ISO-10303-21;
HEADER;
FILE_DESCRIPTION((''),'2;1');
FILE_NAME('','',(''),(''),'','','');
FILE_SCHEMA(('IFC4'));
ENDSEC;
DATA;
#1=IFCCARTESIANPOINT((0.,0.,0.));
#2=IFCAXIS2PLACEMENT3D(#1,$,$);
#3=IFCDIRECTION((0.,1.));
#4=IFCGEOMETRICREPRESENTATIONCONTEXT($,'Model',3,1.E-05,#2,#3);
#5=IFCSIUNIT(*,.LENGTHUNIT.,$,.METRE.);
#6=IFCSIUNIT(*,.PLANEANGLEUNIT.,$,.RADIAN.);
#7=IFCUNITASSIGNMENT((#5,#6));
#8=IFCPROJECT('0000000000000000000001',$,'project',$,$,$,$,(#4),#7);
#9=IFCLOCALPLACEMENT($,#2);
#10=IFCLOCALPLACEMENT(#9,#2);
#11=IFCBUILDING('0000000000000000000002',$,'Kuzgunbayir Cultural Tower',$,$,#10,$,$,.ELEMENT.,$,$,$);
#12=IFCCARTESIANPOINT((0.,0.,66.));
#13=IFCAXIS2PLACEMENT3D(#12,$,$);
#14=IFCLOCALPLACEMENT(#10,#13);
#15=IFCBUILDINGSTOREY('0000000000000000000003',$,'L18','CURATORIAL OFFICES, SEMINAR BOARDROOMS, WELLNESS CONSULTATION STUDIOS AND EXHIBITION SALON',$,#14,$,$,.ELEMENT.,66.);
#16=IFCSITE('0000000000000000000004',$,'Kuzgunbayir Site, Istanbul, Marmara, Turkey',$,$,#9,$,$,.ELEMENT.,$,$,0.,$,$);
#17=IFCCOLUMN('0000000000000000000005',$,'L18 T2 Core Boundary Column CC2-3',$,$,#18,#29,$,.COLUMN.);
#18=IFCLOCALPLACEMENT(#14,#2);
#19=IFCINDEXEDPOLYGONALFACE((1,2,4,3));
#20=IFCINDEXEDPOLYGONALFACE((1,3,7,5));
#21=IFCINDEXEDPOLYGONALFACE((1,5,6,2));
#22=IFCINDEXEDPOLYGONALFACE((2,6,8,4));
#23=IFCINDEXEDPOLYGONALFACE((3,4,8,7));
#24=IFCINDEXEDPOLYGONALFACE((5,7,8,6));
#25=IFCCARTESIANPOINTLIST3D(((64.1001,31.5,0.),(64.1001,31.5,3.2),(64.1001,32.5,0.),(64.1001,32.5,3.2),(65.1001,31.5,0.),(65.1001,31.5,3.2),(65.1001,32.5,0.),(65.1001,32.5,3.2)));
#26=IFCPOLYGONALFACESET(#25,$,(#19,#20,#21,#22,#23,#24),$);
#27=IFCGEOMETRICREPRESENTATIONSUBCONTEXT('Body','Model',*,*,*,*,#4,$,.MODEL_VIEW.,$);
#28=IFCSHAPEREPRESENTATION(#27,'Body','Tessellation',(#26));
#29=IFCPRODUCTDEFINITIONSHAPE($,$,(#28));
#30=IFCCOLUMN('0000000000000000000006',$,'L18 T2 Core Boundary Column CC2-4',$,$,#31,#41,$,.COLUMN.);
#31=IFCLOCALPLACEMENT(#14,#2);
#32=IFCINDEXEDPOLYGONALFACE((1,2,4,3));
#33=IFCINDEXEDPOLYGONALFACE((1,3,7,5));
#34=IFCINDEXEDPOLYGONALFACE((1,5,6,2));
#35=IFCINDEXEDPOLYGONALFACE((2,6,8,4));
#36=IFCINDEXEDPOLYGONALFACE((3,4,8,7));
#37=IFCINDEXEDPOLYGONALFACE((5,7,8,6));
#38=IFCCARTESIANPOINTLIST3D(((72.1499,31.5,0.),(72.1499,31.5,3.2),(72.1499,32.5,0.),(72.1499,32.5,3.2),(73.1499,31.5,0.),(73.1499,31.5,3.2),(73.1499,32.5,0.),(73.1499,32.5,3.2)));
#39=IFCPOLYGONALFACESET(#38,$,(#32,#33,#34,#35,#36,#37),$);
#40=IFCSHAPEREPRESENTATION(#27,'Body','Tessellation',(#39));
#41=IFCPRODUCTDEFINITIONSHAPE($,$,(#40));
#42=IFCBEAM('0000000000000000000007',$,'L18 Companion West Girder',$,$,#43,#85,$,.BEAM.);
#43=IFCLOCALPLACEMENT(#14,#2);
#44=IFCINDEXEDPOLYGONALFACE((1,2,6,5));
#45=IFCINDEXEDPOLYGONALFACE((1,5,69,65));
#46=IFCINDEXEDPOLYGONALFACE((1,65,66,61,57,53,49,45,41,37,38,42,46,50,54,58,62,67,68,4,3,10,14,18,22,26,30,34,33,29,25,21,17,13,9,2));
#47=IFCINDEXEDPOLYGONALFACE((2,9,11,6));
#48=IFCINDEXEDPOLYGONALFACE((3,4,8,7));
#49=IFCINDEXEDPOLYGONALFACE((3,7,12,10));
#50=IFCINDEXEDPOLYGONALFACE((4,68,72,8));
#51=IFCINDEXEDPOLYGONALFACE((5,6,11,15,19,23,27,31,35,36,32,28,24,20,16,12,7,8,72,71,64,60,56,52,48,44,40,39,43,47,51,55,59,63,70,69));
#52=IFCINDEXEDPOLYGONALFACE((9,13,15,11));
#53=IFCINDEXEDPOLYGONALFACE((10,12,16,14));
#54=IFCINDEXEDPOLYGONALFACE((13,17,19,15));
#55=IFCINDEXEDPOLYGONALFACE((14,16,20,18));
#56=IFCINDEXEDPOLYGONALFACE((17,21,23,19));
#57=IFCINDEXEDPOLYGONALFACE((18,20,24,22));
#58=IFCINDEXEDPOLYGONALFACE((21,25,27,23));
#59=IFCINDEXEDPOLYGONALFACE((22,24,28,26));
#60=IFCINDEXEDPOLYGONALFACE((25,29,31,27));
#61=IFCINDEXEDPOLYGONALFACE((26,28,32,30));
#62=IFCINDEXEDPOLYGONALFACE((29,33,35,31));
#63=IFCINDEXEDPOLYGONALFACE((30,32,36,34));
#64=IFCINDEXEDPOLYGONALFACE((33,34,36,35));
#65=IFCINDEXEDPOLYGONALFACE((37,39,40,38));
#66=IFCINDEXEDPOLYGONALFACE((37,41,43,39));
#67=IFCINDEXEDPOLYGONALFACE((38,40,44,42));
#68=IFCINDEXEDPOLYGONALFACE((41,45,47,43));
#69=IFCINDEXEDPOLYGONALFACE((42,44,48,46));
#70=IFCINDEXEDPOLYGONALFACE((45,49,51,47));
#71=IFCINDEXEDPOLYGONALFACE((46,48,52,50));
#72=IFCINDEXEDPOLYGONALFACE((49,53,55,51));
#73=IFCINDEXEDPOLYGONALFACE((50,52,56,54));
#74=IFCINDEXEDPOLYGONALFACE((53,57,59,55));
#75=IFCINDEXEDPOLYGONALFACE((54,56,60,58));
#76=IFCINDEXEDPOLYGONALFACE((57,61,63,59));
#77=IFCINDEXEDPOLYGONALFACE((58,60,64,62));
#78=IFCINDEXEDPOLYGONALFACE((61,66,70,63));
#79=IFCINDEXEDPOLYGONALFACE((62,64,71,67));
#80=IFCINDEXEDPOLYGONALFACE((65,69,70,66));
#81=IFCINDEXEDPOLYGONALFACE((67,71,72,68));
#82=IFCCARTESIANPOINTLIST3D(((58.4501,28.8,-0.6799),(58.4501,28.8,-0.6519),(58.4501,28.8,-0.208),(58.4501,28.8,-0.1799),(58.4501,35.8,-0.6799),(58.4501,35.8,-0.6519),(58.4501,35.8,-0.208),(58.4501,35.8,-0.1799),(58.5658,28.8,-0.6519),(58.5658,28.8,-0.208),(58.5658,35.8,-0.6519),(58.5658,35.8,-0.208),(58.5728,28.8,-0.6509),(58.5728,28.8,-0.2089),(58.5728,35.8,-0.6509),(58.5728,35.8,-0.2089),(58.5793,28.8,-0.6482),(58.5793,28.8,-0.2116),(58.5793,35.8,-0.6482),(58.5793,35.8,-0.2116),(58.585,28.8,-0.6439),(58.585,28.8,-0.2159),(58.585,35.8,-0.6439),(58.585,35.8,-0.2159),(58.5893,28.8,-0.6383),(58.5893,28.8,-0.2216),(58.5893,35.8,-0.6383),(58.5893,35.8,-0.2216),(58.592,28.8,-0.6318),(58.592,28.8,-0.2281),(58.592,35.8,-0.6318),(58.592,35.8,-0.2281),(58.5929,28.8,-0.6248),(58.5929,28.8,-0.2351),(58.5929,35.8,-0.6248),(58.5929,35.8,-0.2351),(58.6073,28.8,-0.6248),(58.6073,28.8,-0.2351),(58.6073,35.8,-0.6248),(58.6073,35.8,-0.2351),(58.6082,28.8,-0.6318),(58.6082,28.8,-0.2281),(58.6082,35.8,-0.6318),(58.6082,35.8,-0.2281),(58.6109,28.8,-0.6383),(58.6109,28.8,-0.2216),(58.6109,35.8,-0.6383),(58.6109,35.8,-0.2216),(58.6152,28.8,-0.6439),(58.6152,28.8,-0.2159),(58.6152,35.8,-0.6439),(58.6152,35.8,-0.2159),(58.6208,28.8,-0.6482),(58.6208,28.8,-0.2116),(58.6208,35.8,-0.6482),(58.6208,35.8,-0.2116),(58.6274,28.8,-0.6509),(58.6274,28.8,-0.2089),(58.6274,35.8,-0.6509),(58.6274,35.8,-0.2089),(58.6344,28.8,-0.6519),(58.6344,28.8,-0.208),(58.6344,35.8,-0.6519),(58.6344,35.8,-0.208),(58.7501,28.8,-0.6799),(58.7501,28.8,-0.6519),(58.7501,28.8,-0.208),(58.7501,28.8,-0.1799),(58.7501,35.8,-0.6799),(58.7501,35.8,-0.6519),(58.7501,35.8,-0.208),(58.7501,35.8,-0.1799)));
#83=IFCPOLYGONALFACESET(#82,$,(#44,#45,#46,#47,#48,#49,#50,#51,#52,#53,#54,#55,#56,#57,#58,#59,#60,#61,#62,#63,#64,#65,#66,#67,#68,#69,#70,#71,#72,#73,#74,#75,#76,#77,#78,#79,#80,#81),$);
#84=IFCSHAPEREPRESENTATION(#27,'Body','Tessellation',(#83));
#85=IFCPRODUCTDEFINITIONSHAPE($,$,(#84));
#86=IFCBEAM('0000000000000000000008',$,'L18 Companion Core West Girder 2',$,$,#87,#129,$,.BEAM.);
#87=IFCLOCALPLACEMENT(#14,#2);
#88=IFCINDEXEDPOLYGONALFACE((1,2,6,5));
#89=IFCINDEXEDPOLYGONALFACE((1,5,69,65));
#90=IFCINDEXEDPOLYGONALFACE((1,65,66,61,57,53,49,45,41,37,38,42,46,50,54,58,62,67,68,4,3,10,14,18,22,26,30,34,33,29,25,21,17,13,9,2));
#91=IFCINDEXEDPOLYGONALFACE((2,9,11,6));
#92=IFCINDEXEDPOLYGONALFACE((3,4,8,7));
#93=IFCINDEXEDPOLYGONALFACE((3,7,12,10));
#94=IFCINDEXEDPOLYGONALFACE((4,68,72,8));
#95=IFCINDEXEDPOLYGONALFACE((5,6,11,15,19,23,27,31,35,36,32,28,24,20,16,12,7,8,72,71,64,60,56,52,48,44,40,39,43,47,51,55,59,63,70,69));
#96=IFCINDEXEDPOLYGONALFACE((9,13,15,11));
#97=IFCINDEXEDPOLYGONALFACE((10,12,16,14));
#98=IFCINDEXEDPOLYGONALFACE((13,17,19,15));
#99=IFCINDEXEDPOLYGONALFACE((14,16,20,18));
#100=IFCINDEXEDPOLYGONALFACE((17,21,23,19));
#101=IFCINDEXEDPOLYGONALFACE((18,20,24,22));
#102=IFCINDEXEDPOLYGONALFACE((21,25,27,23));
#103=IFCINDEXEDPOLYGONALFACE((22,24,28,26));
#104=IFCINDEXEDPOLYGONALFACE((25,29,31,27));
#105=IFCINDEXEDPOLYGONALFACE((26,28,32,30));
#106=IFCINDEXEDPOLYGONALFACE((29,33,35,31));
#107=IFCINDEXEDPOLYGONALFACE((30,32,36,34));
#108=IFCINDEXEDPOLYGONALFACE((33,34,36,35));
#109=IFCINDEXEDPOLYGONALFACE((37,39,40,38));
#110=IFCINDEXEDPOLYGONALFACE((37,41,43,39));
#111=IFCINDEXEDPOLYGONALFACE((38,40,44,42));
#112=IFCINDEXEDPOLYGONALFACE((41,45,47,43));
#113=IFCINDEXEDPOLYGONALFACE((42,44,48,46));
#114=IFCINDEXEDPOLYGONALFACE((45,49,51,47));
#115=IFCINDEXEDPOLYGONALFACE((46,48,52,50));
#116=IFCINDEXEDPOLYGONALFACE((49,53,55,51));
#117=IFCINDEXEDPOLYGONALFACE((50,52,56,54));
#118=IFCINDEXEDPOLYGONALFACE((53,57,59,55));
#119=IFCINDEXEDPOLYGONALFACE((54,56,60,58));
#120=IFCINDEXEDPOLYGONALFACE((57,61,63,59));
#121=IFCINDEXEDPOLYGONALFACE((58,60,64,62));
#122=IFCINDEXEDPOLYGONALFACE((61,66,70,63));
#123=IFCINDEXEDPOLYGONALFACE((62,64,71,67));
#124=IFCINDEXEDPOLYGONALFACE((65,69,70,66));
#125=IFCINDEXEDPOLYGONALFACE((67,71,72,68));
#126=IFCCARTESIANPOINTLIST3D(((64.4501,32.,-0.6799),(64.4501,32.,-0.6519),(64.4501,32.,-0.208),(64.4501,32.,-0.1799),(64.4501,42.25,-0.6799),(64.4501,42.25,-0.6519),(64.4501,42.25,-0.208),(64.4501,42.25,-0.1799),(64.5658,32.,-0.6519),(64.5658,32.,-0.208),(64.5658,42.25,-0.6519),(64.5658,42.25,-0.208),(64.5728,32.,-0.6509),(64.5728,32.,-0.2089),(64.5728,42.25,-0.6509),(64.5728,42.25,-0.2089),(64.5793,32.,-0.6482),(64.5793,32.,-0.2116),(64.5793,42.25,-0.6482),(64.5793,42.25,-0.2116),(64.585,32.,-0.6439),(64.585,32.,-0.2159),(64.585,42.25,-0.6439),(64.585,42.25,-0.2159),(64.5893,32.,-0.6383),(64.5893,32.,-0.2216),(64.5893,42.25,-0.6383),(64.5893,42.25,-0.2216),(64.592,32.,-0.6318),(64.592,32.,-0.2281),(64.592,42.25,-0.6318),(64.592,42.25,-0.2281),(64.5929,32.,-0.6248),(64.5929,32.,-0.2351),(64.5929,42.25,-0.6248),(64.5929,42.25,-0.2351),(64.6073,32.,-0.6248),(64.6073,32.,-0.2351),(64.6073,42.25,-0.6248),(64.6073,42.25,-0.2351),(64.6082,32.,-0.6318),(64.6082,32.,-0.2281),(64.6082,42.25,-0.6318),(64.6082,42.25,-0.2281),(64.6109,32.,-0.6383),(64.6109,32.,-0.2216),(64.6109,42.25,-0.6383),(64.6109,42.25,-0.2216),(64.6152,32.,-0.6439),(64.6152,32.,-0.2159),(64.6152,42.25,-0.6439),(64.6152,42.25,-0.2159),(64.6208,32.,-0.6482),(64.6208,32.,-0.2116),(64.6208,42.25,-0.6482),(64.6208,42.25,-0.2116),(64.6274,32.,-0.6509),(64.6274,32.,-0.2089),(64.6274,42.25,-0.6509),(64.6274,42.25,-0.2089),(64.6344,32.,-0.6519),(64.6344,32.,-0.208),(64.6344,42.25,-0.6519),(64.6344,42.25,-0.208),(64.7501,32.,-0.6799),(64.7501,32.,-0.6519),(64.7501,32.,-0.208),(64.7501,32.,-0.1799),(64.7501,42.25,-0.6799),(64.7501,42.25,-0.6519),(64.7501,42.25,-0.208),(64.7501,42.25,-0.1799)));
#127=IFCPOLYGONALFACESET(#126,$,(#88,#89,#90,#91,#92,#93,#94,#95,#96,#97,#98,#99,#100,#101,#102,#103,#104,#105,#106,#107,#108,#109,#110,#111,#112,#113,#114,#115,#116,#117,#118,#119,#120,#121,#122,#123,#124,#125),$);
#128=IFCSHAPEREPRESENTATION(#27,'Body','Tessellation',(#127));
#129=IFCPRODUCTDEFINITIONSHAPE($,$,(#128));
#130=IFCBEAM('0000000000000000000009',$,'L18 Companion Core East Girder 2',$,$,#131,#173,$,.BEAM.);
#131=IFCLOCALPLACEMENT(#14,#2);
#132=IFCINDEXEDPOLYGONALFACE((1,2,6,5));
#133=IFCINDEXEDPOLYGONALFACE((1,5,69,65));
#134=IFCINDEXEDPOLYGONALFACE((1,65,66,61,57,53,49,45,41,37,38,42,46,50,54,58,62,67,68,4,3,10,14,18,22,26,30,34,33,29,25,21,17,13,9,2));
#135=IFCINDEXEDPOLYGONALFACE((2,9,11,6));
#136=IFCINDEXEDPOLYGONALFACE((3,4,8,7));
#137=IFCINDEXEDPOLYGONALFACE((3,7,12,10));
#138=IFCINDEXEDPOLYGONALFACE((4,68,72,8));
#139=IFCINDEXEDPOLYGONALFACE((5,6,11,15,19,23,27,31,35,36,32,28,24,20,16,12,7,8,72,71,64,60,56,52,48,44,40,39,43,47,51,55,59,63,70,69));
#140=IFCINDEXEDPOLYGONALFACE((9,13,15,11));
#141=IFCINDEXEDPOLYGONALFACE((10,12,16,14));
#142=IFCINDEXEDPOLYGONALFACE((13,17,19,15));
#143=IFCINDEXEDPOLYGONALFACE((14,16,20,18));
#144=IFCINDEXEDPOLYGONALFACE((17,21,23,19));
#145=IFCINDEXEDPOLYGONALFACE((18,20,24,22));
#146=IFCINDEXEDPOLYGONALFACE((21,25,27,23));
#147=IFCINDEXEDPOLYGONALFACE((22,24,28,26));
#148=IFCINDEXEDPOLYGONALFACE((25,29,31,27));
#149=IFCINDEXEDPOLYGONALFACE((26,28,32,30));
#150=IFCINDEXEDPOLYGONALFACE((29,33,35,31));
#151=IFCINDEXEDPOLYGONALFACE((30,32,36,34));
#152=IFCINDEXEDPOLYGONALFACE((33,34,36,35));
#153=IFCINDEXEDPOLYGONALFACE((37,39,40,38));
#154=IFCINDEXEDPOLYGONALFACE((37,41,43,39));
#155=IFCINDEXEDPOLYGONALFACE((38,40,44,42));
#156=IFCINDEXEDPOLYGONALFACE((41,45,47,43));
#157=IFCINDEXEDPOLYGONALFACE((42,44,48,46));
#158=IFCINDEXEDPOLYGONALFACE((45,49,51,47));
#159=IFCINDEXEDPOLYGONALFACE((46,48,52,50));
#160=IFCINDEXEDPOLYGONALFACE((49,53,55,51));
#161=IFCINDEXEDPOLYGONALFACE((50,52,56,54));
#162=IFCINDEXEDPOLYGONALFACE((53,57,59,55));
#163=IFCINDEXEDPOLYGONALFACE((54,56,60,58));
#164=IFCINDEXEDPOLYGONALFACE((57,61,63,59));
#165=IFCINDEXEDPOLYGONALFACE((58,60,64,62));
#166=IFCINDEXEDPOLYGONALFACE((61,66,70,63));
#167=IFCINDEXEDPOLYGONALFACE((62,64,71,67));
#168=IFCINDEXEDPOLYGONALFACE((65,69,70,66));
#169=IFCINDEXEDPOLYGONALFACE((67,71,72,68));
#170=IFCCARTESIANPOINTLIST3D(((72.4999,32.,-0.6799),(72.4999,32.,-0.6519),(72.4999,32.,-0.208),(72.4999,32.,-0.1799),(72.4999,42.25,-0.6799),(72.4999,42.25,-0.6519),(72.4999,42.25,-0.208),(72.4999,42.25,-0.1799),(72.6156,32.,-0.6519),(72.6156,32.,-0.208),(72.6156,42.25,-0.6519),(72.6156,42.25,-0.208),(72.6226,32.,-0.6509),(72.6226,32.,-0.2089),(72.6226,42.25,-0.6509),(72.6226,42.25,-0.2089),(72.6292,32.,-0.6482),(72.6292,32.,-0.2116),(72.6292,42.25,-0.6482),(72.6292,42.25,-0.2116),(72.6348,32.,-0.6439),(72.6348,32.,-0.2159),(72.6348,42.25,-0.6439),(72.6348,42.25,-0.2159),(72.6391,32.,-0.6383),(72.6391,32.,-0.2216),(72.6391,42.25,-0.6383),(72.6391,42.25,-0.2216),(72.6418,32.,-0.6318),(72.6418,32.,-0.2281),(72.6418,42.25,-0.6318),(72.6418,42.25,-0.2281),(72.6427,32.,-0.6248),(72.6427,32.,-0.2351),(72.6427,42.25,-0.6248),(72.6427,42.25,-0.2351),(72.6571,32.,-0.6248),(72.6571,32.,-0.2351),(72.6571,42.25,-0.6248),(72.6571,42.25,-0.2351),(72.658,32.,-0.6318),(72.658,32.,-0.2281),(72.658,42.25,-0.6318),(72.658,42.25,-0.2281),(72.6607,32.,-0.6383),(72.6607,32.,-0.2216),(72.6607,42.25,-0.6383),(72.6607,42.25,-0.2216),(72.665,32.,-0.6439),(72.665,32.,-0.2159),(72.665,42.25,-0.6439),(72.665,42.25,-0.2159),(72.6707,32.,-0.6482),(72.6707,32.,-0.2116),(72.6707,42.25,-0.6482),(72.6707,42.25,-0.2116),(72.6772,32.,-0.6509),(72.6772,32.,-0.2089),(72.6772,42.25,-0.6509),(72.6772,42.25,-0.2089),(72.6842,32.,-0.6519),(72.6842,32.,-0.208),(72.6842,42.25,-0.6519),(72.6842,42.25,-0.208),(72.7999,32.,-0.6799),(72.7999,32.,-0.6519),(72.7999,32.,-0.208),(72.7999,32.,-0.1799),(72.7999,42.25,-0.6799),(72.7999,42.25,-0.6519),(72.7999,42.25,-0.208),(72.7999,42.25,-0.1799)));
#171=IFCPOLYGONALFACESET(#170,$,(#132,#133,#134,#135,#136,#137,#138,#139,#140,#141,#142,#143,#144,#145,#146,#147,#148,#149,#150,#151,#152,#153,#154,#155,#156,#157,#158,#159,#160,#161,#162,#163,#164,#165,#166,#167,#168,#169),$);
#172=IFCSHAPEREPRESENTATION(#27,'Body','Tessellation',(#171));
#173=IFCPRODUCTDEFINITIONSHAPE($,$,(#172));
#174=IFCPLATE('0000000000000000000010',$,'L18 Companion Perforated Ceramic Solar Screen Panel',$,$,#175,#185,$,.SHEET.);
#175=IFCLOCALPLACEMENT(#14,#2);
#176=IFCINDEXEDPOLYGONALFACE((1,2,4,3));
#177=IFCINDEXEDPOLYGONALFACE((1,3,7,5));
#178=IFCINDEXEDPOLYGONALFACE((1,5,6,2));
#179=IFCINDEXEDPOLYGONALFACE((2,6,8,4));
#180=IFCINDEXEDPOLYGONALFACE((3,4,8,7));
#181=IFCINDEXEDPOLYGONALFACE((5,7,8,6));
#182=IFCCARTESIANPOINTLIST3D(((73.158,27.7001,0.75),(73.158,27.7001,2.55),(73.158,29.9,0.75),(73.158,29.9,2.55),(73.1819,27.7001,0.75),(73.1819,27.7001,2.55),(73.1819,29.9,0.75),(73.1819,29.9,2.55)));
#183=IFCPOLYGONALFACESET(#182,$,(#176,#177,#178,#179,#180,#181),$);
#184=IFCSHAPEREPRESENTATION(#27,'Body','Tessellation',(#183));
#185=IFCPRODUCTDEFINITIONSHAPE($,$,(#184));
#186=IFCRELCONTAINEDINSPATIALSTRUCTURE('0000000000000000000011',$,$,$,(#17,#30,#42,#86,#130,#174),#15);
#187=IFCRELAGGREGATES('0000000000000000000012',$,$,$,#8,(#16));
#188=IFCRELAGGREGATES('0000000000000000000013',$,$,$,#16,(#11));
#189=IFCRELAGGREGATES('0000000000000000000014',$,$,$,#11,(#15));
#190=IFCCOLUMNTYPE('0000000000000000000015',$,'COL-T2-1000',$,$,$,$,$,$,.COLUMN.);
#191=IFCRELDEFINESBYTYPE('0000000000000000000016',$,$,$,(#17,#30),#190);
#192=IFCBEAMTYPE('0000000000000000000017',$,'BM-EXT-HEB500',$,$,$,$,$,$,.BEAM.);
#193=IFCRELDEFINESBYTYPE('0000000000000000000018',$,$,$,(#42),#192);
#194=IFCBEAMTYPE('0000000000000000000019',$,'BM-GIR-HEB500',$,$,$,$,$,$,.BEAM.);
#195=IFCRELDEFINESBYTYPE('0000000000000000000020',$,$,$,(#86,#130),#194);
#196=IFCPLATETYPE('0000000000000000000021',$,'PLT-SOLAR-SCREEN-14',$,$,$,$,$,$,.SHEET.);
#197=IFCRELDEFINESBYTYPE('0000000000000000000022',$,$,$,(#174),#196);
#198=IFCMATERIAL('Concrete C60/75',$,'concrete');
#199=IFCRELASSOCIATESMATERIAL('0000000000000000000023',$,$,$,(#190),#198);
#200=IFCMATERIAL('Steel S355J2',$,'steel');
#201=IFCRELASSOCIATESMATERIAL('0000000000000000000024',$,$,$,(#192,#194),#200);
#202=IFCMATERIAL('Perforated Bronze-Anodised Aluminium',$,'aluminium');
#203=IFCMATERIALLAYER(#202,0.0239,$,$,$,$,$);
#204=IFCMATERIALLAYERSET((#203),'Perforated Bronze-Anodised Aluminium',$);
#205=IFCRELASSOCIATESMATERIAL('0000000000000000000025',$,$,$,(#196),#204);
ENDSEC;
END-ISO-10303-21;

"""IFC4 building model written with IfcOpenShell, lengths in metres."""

from ifc_helpers import new_model, si_unit, direction, frame, origin, origin_2d, place, context, subcontext, project, spatial, rectangle, i_section, extrude, material, layer, layer_set, material_profile, profile_set, type_object, element, save


model = new_model("IFC4")

# Units and contexts
model_context = context("Model", 3, precision=1e-05, world=origin(), true_north=direction((0.0, 1.0)))
body_context = subcontext(model_context, "Body", "Model", "MODEL_VIEW")
ifc_project = project(units=[si_unit("LENGTHUNIT", "METRE"), si_unit("PLANEANGLEUNIT", "RADIAN")], contexts=[model_context])

# Site, building, storey
site_placement = place(None, origin())
site = spatial("IfcSite", under=ifc_project, at=site_placement, Name="Kuzgunbayir Site, Istanbul, Marmara, Turkey", CompositionType="ELEMENT", RefElevation=0.0)
building_placement = place(site_placement, origin())
building = spatial("IfcBuilding", under=site, at=building_placement, Name="Kuzgunbayir Cultural Tower", CompositionType="ELEMENT")
storey_placement = place(building_placement, frame((0.0, 0.0, 66.0)))
storey = spatial("IfcBuildingStorey", under=building, at=storey_placement, Name="L18", Description="CURATORIAL OFFICES, SEMINAR BOARDROOMS, WELLNESS CONSULTATION STUDIOS AND EXHIBITION SALON", CompositionType="ELEMENT", Elevation=66.0)

# Columns
ifc_material_1 = material(Name="Concrete C60/75", Category="concrete")
ifc_material_profile_1 = material_profile(ifc_material_1, rectangle(XDim=1.0, YDim=1.0, at=origin_2d()), Name="RC 1000x1000")
ifc_profile_set_1 = profile_set([ifc_material_profile_1], Name="Concrete C60/75")
column_type = type_object("IfcColumnType", Name="COL-T2-1000", PredefinedType="COLUMN", material=ifc_profile_set_1)
for number, where, z_axis, x_axis, name in (
    (1, (64.6001, 32.0, 0.0), (0.0, 0.0, 1.0), (1.0, 0.0, 0.0), "L18 T2 Core Boundary Column CC2-3"),
    (2, (72.6499, 32.0, 0.0), (0.0, 0.0, 1.0), (1.0, 0.0, 0.0), "L18 T2 Core Boundary Column CC2-4"),
):
    element("IfcColumn", number, at=place(storey_placement, frame(where, z_axis=z_axis, x_axis=x_axis)), inside=storey, type_object=column_type, Name=name, PredefinedType="COLUMN", context=body_context, shape_type="SweptSolid", body=[
        extrude(rectangle(XDim=1.0, YDim=1.0, at=origin_2d()), origin(), (0.0, 0.0, 1.0), 3.2),
    ])

# Beams
ifc_material_2 = material(Name="Steel S355J2", Category="steel")
ifc_material_profile_2 = material_profile(ifc_material_2, i_section(OverallWidth=0.3, OverallDepth=0.5, WebThickness=0.0144, FlangeThickness=0.0281, FilletRadius=0.0271, at=origin_2d()), Name="HEB 500")
ifc_profile_set_2 = profile_set([ifc_material_profile_2], Name="Steel S355J2")
beam_type_1 = type_object("IfcBeamType", Name="BM-EXT-HEB500", PredefinedType="BEAM", material=ifc_profile_set_2)
beam_placement = place(storey_placement, frame((58.6001, 28.8, -0.4299), z_axis=(0.0, 1.0, 0.0), x_axis=(-1.0, 0.0, 0.0)))
element("IfcBeam", 3, at=beam_placement, inside=storey, type_object=beam_type_1, Name="L18 Companion West Girder", PredefinedType="BEAM", context=body_context, shape_type="SweptSolid", body=[
    extrude(i_section(OverallWidth=0.3, OverallDepth=0.5, WebThickness=0.0144, FlangeThickness=0.0281, FilletRadius=0.0271, at=origin_2d()), origin(), (0.0, 0.0, 1.0), 7.0),
])
ifc_material_profile_3 = material_profile(ifc_material_2, i_section(OverallWidth=0.3, OverallDepth=0.5, WebThickness=0.0144, FlangeThickness=0.0281, FilletRadius=0.0271, at=origin_2d()), Name="HEB 500")
ifc_profile_set_3 = profile_set([ifc_material_profile_3], Name="Steel S355J2")
beam_type_2 = type_object("IfcBeamType", Name="BM-GIR-HEB500", PredefinedType="BEAM", material=ifc_profile_set_3)
for number, where, z_axis, x_axis, name in (
    (4, (64.6001, 32.0, -0.4299), (0.0, 1.0, 0.0), (-1.0, 0.0, 0.0), "L18 Companion Core West Girder 2"),
    (5, (72.6499, 32.0, -0.4299), (0.0, 1.0, 0.0), (-1.0, 0.0, 0.0), "L18 Companion Core East Girder 2"),
):
    element("IfcBeam", number, at=place(storey_placement, frame(where, z_axis=z_axis, x_axis=x_axis)), inside=storey, type_object=beam_type_2, Name=name, PredefinedType="BEAM", context=body_context, shape_type="SweptSolid", body=[
        extrude(i_section(OverallWidth=0.3, OverallDepth=0.5, WebThickness=0.0144, FlangeThickness=0.0281, FilletRadius=0.0271, at=origin_2d()), origin(), (0.0, 0.0, 1.0), 10.25),
    ])

# Plate
ifc_material_3 = material(Name="Perforated Bronze-Anodised Aluminium", Category="aluminium")
ifc_layer_1 = layer(ifc_material_3, 0.0239)
ifc_layer_set_1 = layer_set([ifc_layer_1], Name="Perforated Bronze-Anodised Aluminium")
plate_type = type_object("IfcPlateType", Name="PLT-SOLAR-SCREEN-14", PredefinedType="SHEET", material=ifc_layer_set_1)
plate_placement = place(storey_placement, frame((73.1699, 28.8, 0.75), z_axis=(0.0, 0.0, 1.0), x_axis=(1.0, 0.0, 0.0)))
element("IfcPlate", 6, at=plate_placement, inside=storey, type_object=plate_type, Name="L18 Companion Perforated Ceramic Solar Screen Panel", PredefinedType="SHEET", context=body_context, shape_type="SweptSolid", body=[
    extrude(rectangle(XDim=0.0239, YDim=2.2, at=origin_2d()), origin(), (0.0, 0.0, 1.0), 1.8),
])

save(model, "model.ifc")
